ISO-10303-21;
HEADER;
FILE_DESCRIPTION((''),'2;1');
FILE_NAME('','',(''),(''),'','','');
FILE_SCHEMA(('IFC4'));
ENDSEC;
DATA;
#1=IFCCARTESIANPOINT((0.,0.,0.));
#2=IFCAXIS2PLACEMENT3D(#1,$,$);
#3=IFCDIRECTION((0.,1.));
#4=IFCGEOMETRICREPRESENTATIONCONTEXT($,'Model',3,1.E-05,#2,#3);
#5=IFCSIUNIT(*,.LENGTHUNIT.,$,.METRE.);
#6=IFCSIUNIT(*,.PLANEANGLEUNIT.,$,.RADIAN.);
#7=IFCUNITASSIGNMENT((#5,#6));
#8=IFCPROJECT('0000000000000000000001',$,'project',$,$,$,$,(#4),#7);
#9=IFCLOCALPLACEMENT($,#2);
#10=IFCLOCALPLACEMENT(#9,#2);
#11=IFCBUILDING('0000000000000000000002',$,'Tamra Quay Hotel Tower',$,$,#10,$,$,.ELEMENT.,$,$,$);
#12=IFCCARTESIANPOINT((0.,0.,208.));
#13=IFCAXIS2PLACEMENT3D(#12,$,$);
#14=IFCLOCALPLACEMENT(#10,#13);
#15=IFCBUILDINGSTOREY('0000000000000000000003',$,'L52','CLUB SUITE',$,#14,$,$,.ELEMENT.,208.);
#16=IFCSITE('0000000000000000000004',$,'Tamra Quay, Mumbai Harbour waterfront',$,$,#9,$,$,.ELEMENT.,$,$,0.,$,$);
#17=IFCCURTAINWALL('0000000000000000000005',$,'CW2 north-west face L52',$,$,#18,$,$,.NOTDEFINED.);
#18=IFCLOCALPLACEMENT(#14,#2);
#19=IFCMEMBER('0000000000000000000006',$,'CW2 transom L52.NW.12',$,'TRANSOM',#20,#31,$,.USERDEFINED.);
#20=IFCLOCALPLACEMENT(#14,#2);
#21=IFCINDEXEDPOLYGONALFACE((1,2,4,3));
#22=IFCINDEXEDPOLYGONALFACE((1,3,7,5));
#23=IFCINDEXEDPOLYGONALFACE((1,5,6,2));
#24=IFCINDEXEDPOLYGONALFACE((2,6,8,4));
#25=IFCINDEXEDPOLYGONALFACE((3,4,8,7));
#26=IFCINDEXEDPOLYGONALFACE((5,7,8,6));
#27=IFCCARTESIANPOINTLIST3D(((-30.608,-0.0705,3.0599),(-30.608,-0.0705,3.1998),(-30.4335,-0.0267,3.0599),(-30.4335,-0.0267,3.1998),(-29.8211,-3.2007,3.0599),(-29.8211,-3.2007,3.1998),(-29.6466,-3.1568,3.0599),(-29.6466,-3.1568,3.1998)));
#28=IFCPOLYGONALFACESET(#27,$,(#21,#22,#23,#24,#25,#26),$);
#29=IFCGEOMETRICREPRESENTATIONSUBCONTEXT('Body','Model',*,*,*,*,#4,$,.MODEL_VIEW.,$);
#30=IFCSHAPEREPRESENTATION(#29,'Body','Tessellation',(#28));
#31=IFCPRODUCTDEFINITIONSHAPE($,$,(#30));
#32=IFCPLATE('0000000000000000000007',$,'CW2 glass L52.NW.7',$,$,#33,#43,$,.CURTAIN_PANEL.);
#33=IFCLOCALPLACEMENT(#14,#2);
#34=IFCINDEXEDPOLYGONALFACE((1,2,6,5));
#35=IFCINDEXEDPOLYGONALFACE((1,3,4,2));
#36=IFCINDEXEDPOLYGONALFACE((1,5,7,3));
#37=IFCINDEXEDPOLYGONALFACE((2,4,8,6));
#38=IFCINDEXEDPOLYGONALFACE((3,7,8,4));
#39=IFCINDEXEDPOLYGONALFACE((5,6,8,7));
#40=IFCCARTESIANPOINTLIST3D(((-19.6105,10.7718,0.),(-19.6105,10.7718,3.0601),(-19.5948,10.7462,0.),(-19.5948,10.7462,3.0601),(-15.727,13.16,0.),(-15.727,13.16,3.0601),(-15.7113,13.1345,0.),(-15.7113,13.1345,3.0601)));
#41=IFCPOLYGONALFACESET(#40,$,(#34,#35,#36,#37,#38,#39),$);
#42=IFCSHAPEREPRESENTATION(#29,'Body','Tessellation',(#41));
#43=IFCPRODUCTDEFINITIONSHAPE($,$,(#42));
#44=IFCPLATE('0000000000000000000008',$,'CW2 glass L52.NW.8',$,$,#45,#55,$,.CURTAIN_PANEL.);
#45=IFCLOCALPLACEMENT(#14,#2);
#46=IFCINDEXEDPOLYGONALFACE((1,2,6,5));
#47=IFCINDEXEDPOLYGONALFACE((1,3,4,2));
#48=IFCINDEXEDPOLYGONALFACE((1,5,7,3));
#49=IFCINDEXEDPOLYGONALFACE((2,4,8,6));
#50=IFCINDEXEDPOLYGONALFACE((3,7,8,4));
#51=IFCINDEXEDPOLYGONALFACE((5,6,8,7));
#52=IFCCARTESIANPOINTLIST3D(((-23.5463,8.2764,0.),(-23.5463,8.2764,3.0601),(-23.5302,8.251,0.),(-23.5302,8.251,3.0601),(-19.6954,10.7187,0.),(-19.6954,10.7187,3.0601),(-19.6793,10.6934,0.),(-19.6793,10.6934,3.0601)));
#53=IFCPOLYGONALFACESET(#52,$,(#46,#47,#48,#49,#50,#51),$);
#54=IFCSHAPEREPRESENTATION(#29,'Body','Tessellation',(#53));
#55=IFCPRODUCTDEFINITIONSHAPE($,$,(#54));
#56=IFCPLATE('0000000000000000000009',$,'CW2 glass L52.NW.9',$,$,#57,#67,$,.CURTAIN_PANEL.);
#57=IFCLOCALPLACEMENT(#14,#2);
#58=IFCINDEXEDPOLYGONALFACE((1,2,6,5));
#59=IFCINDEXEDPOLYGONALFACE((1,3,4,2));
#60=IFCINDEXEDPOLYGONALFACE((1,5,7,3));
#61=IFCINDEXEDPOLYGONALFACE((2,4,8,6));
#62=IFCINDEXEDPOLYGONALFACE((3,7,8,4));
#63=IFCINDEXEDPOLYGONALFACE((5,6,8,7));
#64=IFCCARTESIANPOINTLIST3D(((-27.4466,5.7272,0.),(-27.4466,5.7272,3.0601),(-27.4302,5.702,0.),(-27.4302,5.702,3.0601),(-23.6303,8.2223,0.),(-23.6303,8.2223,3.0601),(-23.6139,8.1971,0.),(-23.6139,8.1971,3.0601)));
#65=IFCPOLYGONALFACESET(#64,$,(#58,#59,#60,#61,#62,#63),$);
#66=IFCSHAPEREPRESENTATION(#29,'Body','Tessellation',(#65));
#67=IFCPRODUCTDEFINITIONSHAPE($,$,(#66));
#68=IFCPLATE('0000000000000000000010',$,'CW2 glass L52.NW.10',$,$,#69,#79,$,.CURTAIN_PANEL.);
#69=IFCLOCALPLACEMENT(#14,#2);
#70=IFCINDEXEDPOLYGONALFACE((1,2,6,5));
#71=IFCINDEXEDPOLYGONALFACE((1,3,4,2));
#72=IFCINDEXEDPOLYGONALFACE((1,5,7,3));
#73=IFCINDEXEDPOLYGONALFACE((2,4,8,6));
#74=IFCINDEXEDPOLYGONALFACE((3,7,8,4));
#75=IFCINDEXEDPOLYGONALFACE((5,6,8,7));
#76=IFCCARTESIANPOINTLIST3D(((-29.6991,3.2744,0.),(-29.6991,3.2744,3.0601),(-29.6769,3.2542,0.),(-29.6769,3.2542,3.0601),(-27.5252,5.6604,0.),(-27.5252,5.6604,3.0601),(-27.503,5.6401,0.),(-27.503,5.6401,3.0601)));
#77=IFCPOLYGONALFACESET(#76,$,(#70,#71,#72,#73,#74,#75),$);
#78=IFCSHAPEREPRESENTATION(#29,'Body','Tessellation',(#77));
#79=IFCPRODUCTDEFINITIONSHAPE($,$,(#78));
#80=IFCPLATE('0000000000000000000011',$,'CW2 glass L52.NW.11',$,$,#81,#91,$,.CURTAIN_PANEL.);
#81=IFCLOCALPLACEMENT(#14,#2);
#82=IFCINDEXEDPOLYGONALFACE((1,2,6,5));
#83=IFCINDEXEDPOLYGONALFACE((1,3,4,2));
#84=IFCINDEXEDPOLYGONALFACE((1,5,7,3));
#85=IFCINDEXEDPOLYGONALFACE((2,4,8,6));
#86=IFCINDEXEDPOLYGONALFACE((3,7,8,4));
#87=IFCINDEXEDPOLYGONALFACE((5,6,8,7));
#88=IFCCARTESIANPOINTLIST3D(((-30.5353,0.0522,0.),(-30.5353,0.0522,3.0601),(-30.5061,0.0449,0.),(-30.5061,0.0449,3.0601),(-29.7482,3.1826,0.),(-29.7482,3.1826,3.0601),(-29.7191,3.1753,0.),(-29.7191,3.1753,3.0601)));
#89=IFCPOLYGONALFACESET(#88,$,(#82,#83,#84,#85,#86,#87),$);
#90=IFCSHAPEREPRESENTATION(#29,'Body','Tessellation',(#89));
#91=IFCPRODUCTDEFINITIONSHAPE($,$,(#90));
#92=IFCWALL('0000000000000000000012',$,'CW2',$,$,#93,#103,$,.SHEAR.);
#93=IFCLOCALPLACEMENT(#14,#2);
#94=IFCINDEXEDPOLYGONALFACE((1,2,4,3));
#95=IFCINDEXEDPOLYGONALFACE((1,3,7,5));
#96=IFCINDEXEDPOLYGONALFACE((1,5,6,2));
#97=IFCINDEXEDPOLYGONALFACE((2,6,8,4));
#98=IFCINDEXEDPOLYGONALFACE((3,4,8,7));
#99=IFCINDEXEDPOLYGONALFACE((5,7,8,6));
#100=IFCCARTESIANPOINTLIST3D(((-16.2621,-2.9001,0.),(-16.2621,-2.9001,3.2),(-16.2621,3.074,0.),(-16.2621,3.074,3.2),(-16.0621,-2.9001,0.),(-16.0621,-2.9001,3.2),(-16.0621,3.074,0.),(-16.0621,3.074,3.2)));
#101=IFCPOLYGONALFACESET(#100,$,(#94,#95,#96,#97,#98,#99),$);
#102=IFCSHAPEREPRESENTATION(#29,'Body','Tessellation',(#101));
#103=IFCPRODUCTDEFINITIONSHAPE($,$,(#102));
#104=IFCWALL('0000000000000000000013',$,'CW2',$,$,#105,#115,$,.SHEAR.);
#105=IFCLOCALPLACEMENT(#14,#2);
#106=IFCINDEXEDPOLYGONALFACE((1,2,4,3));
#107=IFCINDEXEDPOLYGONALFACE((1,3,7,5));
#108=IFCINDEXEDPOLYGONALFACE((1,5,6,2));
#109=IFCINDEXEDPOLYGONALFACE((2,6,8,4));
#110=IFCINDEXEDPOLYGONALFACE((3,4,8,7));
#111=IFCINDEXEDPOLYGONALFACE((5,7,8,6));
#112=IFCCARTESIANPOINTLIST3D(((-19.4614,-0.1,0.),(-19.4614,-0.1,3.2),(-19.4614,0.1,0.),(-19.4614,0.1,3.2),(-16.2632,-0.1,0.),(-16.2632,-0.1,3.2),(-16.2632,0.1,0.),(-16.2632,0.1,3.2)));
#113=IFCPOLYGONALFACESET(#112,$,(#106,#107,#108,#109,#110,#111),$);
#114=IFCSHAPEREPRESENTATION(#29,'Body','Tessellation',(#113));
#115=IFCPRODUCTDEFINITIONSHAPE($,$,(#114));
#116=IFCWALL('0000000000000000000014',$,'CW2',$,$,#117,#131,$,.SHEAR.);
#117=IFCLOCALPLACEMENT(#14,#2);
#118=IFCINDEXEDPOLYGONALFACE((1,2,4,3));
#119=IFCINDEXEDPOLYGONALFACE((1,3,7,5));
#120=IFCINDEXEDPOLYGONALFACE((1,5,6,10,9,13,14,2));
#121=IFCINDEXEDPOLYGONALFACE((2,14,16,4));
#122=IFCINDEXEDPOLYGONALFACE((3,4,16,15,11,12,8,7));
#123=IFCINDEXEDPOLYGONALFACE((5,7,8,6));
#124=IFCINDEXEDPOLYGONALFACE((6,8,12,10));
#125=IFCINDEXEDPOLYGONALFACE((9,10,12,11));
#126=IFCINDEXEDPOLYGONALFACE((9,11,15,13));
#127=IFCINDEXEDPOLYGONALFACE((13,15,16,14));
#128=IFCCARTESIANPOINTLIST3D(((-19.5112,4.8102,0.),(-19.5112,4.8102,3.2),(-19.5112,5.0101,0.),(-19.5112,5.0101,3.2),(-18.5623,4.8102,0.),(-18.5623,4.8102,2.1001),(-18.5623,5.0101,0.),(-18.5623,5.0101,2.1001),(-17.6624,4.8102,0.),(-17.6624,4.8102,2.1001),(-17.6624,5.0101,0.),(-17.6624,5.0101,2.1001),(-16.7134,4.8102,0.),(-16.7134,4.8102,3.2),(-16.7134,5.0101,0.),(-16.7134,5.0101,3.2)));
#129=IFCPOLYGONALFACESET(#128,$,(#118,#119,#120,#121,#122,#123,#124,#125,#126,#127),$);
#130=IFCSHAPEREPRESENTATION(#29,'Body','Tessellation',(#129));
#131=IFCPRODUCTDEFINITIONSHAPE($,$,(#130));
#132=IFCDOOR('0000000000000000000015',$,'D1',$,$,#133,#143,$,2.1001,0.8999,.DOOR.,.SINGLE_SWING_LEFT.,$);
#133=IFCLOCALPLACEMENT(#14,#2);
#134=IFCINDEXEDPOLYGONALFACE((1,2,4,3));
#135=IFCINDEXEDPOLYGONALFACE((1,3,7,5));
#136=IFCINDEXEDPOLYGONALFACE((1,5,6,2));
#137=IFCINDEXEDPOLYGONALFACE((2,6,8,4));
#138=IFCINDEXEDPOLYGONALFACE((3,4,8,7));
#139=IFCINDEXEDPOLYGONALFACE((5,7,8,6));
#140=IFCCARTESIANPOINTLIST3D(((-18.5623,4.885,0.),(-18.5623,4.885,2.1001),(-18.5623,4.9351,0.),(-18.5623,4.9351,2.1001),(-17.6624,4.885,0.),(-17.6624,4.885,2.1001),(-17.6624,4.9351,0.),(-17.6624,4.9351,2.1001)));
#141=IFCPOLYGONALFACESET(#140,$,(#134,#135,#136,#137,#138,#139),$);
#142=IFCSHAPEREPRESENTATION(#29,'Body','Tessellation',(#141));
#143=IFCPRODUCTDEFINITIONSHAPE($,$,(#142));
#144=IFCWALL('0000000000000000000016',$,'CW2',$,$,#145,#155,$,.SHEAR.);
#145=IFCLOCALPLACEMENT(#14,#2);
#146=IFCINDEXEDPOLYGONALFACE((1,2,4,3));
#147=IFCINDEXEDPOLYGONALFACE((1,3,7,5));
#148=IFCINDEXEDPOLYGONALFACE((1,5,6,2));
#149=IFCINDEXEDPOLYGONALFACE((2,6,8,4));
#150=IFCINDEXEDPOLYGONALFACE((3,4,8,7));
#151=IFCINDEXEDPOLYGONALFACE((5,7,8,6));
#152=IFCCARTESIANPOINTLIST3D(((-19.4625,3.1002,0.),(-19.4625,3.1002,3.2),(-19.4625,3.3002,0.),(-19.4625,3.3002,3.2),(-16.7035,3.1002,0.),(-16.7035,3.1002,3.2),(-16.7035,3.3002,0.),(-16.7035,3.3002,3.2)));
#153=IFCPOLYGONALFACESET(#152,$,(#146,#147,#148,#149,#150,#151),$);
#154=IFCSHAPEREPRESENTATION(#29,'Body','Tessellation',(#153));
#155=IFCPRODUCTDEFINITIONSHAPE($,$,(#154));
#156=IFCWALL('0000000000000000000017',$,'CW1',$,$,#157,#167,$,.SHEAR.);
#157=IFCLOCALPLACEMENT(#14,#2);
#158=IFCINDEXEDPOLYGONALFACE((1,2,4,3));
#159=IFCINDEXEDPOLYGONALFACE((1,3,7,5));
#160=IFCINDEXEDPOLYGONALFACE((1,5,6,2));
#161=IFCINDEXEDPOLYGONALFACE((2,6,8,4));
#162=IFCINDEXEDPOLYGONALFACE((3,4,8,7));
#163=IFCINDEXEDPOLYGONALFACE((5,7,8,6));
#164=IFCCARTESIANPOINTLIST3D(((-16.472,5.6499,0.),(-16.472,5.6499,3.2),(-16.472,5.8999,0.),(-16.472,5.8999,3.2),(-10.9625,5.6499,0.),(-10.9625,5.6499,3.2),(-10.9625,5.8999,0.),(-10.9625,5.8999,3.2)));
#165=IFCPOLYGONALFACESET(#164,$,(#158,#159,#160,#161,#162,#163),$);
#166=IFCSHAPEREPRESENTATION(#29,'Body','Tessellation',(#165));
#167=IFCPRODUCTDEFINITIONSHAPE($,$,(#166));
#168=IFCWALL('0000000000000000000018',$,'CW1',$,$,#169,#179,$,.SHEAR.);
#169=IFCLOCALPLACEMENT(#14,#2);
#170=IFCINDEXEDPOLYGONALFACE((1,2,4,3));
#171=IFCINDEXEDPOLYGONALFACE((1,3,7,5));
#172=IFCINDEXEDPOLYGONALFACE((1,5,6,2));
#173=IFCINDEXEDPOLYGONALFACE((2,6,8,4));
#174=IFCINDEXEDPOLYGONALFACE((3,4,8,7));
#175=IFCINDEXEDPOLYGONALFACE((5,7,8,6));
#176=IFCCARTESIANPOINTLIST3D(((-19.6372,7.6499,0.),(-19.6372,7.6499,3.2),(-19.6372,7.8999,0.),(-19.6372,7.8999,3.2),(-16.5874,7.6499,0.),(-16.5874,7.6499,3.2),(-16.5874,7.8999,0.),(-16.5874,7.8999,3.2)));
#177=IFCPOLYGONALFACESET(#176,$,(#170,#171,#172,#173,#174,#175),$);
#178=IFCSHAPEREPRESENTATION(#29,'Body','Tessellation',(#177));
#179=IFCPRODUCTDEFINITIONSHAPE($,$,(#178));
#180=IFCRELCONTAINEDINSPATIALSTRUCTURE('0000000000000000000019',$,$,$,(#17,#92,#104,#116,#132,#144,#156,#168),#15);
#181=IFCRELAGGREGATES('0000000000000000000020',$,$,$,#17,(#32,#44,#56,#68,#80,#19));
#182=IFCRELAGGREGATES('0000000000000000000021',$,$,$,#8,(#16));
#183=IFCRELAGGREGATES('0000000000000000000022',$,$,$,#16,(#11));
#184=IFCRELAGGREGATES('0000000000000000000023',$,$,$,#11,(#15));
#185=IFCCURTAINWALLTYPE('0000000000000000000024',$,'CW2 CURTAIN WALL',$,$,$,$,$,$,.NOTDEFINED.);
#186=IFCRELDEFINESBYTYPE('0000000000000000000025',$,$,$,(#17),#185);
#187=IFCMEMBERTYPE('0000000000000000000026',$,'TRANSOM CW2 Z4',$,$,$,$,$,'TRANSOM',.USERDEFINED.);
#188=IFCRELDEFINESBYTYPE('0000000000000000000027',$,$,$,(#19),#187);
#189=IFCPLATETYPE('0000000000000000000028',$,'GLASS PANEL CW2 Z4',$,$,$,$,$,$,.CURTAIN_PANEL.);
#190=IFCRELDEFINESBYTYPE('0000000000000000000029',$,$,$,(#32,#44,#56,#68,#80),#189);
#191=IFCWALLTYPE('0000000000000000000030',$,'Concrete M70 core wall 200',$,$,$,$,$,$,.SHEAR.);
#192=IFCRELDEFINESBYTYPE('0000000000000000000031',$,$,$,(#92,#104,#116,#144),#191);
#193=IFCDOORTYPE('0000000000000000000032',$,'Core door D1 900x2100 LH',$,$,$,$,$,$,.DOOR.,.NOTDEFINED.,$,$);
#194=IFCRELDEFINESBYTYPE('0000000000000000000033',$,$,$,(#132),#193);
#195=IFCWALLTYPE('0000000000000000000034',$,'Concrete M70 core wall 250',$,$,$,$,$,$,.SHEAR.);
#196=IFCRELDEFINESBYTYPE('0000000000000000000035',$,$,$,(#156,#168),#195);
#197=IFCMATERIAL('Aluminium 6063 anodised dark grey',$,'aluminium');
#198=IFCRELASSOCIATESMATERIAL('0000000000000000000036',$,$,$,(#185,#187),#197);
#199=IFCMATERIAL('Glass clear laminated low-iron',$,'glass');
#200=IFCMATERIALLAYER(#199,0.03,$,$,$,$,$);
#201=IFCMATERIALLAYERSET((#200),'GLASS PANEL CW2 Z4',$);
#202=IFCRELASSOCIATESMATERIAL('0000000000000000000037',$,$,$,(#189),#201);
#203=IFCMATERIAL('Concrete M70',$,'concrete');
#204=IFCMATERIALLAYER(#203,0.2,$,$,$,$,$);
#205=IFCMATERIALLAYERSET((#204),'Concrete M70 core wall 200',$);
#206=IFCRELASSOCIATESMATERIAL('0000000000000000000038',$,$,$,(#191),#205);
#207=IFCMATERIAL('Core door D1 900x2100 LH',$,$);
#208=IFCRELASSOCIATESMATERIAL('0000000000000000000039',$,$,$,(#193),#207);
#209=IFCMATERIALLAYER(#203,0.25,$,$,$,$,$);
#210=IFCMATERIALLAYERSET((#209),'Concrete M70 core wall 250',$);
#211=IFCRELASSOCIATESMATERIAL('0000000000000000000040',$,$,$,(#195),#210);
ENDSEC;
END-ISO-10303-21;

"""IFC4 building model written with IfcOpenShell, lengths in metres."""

from ifc_helpers import new_model, si_unit, direction, frame, frame_2d, origin, origin_2d, place, context, subcontext, project, spatial, rectangle, extrude, material, layer, layer_set, material_profile, profile_set, type_object, element, fill, aggregate, save


model = new_model("IFC4")

# Units and contexts
model_context = context("Model", 3, precision=1e-05, world=origin(), true_north=direction((0.0, 1.0)))
body_context = subcontext(model_context, "Body", "Model", "MODEL_VIEW")
ifc_project = project(units=[si_unit("LENGTHUNIT", "METRE"), si_unit("PLANEANGLEUNIT", "RADIAN")], contexts=[model_context])

# Site, building, storey
site_placement = place(None, origin())
site = spatial("IfcSite", under=ifc_project, at=site_placement, Name="Tamra Quay, Mumbai Harbour waterfront", CompositionType="ELEMENT", RefElevation=0.0)
building_placement = place(site_placement, origin())
building = spatial("IfcBuilding", under=site, at=building_placement, Name="Tamra Quay Hotel Tower", CompositionType="ELEMENT")
storey_placement = place(building_placement, frame((0.0, 0.0, 208.0)))
storey = spatial("IfcBuildingStorey", under=building, at=storey_placement, Name="L52", Description="CLUB SUITE", CompositionType="ELEMENT", Elevation=208.0)

# Shared definitions
ifc_material_1 = material(Name="Concrete M70", Category="concrete")

# Curtain wall
ifc_material_2 = material(Name="Aluminium 6063 anodised dark grey", Category="aluminium")
curtain_wall_type = type_object("IfcCurtainWallType", Name="CW2 CURTAIN WALL", PredefinedType="NOTDEFINED", material=ifc_material_2)
curtain_wall_placement = place(storey_placement, origin())
curtain_wall = element("IfcCurtainWall", 1, at=curtain_wall_placement, inside=storey, type_object=curtain_wall_type, Name="CW2 north-west face L52", PredefinedType="NOTDEFINED")

# Member
ifc_material_profile_1 = material_profile(ifc_material_2, rectangle(XDim=0.1799, YDim=0.1399, at=origin_2d()), Name="TRANSOM 180X140")
ifc_profile_set_1 = profile_set([ifc_material_profile_1], Name="Aluminium 6063 anodised dark grey")
member_type_1 = type_object("IfcMemberType", Name="TRANSOM CW2 Z4", ElementType="TRANSOM", PredefinedType="USERDEFINED", material=ifc_profile_set_1)
member_1_placement = place(storey_placement, frame((-30.5208, -0.0486, 3.1299), z_axis=(0.243799, -0.969826, 0.0), x_axis=(0.969826, 0.243799, 0.0)))
member_1 = element("IfcMember", 2, at=member_1_placement, type_object=member_type_1, Name="CW2 transom L52.NW.12", ObjectType="TRANSOM", PredefinedType="USERDEFINED", context=body_context, shape_type="SweptSolid", body=[
    extrude(rectangle(XDim=0.1799, YDim=0.1399, at=origin_2d()), origin(), (0.0, 0.0, 1.0), 3.2275),
])

# Plates
ifc_material_3 = material(Name="Glass clear laminated low-iron", Category="glass")
ifc_layer_1 = layer(ifc_material_3, 0.03)
ifc_layer_set_1 = layer_set([ifc_layer_1], Name="GLASS PANEL CW2 Z4")
plate_type = type_object("IfcPlateType", Name="GLASS PANEL CW2 Z4", PredefinedType="CURTAIN_PANEL", material=ifc_layer_set_1)
plate_1_placement = place(storey_placement, frame((-17.6609, 11.9531, 0.0), z_axis=(0.0, 0.0, 1.0), x_axis=(-0.851815, -0.523843, 0.0)))
plate_1 = element("IfcPlate", 3, at=plate_1_placement, type_object=plate_type, Name="CW2 glass L52.NW.7", PredefinedType="CURTAIN_PANEL", context=body_context, shape_type="SweptSolid", body=[
    extrude(rectangle(XDim=4.5591, YDim=0.03, at=origin_2d()), origin(), (0.0, 0.0, 1.0), 3.0601),
])
plate_2_placement = place(storey_placement, frame((-21.6128, 9.4849, 0.0), z_axis=(0.0, 0.0, 1.0), x_axis=(-0.844476, -0.535594, 0.0)))
plate_2 = element("IfcPlate", 4, at=plate_2_placement, type_object=plate_type, Name="CW2 glass L52.NW.8", PredefinedType="CURTAIN_PANEL", context=body_context, shape_type="SweptSolid", body=[
    extrude(rectangle(XDim=4.5601, YDim=0.03, at=origin_2d()), origin(), (0.0, 0.0, 1.0), 3.0601),
])
plate_3_placement = place(storey_placement, frame((-25.5303, 6.9622, 0.0), z_axis=(0.0, 0.0, 1.0), x_axis=(-0.836986, -0.547224, 0.0)))
plate_3 = element("IfcPlate", 5, at=plate_3_placement, type_object=plate_type, Name="CW2 glass L52.NW.9", PredefinedType="CURTAIN_PANEL", context=body_context, shape_type="SweptSolid", body=[
    extrude(rectangle(XDim=4.5596, YDim=0.03, at=origin_2d()), origin(), (0.0, 0.0, 1.0), 3.0601),
])
plate_4_placement = place(storey_placement, frame((-28.6011, 4.4573, 0.0), z_axis=(0.0, 0.0, 1.0), x_axis=(-0.673496, -0.739191, 0.0)))
plate_4 = element("IfcPlate", 6, at=plate_4_placement, type_object=plate_type, Name="CW2 glass L52.NW.10", PredefinedType="CURTAIN_PANEL", context=body_context, shape_type="SweptSolid", body=[
    extrude(rectangle(XDim=3.2278, YDim=0.03, at=origin_2d()), origin(), (0.0, 0.0, 1.0), 3.0601),
])
plate_5_placement = place(storey_placement, frame((-30.1272, 1.6138, 0.0), z_axis=(0.0, 0.0, 1.0), x_axis=(-0.243826, -0.969819, 0.0)))
plate_5 = element("IfcPlate", 7, at=plate_5_placement, type_object=plate_type, Name="CW2 glass L52.NW.11", PredefinedType="CURTAIN_PANEL", context=body_context, shape_type="SweptSolid", body=[
    extrude(rectangle(XDim=3.2278, YDim=0.03, at=origin_2d()), origin(), (0.0, 0.0, 1.0), 3.0601),
])
aggregate(curtain_wall, [plate_1, plate_2, plate_3, plate_4, plate_5, member_1])

# Walls
ifc_layer_2 = layer(ifc_material_1, 0.2)
ifc_layer_set_2 = layer_set([ifc_layer_2], Name="Concrete M70 core wall 200")
wall_type_1 = type_object("IfcWallType", Name="Concrete M70 core wall 200", PredefinedType="SHEAR", material=ifc_layer_set_2)
wall_1_placement = place(storey_placement, frame((-16.1621, 3.074, 0.0), z_axis=(0.0, 0.0, 1.0), x_axis=(0.0, -1.0, 0.0)))
element("IfcWall", 8, at=wall_1_placement, inside=storey, type_object=wall_type_1, Name="CW2", PredefinedType="SHEAR", context=body_context, shape_type="SweptSolid", body=[
    extrude(rectangle(XDim=5.9741, YDim=0.2, at=frame_2d((2.9871, 0.0))), origin(), (0.0, 0.0, 1.0), 3.2),
])
wall_2_placement = place(storey_placement, frame((-16.2632, 0.0, 0.0), z_axis=(0.0, 0.0, 1.0), x_axis=(-1.0, 0.0, 0.0)))
element("IfcWall", 9, at=wall_2_placement, inside=storey, type_object=wall_type_1, Name="CW2", PredefinedType="SHEAR", context=body_context, shape_type="SweptSolid", body=[
    extrude(rectangle(XDim=3.1982, YDim=0.2, at=frame_2d((1.5991, 0.0))), origin(), (0.0, 0.0, 1.0), 3.2),
])

# Wall, opening, door
wall_3_placement = place(storey_placement, frame((-19.5112, 4.9102, 0.0), z_axis=(0.0, 0.0, 1.0), x_axis=(1.0, 0.0, 0.0)))
wall_3 = element("IfcWall", 10, at=wall_3_placement, inside=storey, type_object=wall_type_1, Name="CW2", PredefinedType="SHEAR", context=body_context, shape_type="SweptSolid", body=[
    extrude(rectangle(XDim=2.7979, YDim=0.2, at=frame_2d((1.3989, 0.0))), origin(), (0.0, 0.0, 1.0), 3.2),
])
opening_placement = place(wall_3_placement, frame((0.949, 0.0, 0.0)))
opening = element("IfcOpeningElement", 11, at=opening_placement, cuts=wall_3, PredefinedType="OPENING", context=body_context, shape_type="SweptSolid", body=[
    extrude(rectangle(XDim=0.8999, YDim=2.1001, at=frame_2d((0.45, 1.05))), frame((0.0, 0.1099, 0.0), z_axis=(0.0, -1.0, 0.0), x_axis=(1.0, 0.0, 0.0)), (0.0, 0.0, 1.0), 0.22),
])
ifc_material_4 = material(Name="Core door D1 900x2100 LH")
door_type = type_object("IfcDoorType", Name="Core door D1 900x2100 LH", OperationType="NOTDEFINED", PredefinedType="DOOR", material=ifc_material_4)
door_placement = place(opening_placement, origin())
door = element("IfcDoor", 12, at=door_placement, inside=storey, type_object=door_type, Name="D1", OperationType="SINGLE_SWING_LEFT", OverallHeight=2.1001, OverallWidth=0.8999, PredefinedType="DOOR", context=body_context, shape_type="SweptSolid", body=[
    extrude(rectangle(XDim=0.8999, YDim=2.1001, at=frame_2d((0.45, 1.05))), frame((0.0, 0.0249, 0.0), z_axis=(0.0, -1.0, 0.0), x_axis=(1.0, 0.0, 0.0)), (0.0, 0.0, 1.0), 0.05),
])
fill(opening, door)

# Walls
wall_4_placement = place(storey_placement, frame((-19.4624, 3.2002, 0.0), z_axis=(0.0, 0.0, 1.0), x_axis=(1.0, 0.0, 0.0)))
element("IfcWall", 13, at=wall_4_placement, inside=storey, type_object=wall_type_1, Name="CW2", PredefinedType="SHEAR", context=body_context, shape_type="SweptSolid", body=[
    extrude(rectangle(XDim=2.759, YDim=0.2, at=frame_2d((1.3794, 0.0))), origin(), (0.0, 0.0, 1.0), 3.2),
])
ifc_layer_3 = layer(ifc_material_1, 0.25)
ifc_layer_set_3 = layer_set([ifc_layer_3], Name="Concrete M70 core wall 250")
wall_type_2 = type_object("IfcWallType", Name="Concrete M70 core wall 250", PredefinedType="SHEAR", material=ifc_layer_set_3)
wall_5_placement = place(storey_placement, frame((-16.4722, 5.7749, 0.0), z_axis=(0.0, 0.0, 1.0), x_axis=(1.0, 0.0, 0.0)))
element("IfcWall", 14, at=wall_5_placement, inside=storey, type_object=wall_type_2, Name="CW1", PredefinedType="SHEAR", context=body_context, shape_type="SweptSolid", body=[
    extrude(rectangle(XDim=5.5095, YDim=0.25, at=frame_2d((2.7549, 0.0))), origin(), (0.0, 0.0, 1.0), 3.2),
])
wall_6_placement = place(storey_placement, frame((-19.6372, 7.7749, 0.0), z_axis=(0.0, 0.0, 1.0), x_axis=(1.0, 0.0, 0.0)))
element("IfcWall", 15, at=wall_6_placement, inside=storey, type_object=wall_type_2, Name="CW1", PredefinedType="SHEAR", context=body_context, shape_type="SweptSolid", body=[
    extrude(rectangle(XDim=3.0498, YDim=0.25, at=frame_2d((1.5249, 0.0))), origin(), (0.0, 0.0, 1.0), 3.2),
])

save(model, "model.ifc")
